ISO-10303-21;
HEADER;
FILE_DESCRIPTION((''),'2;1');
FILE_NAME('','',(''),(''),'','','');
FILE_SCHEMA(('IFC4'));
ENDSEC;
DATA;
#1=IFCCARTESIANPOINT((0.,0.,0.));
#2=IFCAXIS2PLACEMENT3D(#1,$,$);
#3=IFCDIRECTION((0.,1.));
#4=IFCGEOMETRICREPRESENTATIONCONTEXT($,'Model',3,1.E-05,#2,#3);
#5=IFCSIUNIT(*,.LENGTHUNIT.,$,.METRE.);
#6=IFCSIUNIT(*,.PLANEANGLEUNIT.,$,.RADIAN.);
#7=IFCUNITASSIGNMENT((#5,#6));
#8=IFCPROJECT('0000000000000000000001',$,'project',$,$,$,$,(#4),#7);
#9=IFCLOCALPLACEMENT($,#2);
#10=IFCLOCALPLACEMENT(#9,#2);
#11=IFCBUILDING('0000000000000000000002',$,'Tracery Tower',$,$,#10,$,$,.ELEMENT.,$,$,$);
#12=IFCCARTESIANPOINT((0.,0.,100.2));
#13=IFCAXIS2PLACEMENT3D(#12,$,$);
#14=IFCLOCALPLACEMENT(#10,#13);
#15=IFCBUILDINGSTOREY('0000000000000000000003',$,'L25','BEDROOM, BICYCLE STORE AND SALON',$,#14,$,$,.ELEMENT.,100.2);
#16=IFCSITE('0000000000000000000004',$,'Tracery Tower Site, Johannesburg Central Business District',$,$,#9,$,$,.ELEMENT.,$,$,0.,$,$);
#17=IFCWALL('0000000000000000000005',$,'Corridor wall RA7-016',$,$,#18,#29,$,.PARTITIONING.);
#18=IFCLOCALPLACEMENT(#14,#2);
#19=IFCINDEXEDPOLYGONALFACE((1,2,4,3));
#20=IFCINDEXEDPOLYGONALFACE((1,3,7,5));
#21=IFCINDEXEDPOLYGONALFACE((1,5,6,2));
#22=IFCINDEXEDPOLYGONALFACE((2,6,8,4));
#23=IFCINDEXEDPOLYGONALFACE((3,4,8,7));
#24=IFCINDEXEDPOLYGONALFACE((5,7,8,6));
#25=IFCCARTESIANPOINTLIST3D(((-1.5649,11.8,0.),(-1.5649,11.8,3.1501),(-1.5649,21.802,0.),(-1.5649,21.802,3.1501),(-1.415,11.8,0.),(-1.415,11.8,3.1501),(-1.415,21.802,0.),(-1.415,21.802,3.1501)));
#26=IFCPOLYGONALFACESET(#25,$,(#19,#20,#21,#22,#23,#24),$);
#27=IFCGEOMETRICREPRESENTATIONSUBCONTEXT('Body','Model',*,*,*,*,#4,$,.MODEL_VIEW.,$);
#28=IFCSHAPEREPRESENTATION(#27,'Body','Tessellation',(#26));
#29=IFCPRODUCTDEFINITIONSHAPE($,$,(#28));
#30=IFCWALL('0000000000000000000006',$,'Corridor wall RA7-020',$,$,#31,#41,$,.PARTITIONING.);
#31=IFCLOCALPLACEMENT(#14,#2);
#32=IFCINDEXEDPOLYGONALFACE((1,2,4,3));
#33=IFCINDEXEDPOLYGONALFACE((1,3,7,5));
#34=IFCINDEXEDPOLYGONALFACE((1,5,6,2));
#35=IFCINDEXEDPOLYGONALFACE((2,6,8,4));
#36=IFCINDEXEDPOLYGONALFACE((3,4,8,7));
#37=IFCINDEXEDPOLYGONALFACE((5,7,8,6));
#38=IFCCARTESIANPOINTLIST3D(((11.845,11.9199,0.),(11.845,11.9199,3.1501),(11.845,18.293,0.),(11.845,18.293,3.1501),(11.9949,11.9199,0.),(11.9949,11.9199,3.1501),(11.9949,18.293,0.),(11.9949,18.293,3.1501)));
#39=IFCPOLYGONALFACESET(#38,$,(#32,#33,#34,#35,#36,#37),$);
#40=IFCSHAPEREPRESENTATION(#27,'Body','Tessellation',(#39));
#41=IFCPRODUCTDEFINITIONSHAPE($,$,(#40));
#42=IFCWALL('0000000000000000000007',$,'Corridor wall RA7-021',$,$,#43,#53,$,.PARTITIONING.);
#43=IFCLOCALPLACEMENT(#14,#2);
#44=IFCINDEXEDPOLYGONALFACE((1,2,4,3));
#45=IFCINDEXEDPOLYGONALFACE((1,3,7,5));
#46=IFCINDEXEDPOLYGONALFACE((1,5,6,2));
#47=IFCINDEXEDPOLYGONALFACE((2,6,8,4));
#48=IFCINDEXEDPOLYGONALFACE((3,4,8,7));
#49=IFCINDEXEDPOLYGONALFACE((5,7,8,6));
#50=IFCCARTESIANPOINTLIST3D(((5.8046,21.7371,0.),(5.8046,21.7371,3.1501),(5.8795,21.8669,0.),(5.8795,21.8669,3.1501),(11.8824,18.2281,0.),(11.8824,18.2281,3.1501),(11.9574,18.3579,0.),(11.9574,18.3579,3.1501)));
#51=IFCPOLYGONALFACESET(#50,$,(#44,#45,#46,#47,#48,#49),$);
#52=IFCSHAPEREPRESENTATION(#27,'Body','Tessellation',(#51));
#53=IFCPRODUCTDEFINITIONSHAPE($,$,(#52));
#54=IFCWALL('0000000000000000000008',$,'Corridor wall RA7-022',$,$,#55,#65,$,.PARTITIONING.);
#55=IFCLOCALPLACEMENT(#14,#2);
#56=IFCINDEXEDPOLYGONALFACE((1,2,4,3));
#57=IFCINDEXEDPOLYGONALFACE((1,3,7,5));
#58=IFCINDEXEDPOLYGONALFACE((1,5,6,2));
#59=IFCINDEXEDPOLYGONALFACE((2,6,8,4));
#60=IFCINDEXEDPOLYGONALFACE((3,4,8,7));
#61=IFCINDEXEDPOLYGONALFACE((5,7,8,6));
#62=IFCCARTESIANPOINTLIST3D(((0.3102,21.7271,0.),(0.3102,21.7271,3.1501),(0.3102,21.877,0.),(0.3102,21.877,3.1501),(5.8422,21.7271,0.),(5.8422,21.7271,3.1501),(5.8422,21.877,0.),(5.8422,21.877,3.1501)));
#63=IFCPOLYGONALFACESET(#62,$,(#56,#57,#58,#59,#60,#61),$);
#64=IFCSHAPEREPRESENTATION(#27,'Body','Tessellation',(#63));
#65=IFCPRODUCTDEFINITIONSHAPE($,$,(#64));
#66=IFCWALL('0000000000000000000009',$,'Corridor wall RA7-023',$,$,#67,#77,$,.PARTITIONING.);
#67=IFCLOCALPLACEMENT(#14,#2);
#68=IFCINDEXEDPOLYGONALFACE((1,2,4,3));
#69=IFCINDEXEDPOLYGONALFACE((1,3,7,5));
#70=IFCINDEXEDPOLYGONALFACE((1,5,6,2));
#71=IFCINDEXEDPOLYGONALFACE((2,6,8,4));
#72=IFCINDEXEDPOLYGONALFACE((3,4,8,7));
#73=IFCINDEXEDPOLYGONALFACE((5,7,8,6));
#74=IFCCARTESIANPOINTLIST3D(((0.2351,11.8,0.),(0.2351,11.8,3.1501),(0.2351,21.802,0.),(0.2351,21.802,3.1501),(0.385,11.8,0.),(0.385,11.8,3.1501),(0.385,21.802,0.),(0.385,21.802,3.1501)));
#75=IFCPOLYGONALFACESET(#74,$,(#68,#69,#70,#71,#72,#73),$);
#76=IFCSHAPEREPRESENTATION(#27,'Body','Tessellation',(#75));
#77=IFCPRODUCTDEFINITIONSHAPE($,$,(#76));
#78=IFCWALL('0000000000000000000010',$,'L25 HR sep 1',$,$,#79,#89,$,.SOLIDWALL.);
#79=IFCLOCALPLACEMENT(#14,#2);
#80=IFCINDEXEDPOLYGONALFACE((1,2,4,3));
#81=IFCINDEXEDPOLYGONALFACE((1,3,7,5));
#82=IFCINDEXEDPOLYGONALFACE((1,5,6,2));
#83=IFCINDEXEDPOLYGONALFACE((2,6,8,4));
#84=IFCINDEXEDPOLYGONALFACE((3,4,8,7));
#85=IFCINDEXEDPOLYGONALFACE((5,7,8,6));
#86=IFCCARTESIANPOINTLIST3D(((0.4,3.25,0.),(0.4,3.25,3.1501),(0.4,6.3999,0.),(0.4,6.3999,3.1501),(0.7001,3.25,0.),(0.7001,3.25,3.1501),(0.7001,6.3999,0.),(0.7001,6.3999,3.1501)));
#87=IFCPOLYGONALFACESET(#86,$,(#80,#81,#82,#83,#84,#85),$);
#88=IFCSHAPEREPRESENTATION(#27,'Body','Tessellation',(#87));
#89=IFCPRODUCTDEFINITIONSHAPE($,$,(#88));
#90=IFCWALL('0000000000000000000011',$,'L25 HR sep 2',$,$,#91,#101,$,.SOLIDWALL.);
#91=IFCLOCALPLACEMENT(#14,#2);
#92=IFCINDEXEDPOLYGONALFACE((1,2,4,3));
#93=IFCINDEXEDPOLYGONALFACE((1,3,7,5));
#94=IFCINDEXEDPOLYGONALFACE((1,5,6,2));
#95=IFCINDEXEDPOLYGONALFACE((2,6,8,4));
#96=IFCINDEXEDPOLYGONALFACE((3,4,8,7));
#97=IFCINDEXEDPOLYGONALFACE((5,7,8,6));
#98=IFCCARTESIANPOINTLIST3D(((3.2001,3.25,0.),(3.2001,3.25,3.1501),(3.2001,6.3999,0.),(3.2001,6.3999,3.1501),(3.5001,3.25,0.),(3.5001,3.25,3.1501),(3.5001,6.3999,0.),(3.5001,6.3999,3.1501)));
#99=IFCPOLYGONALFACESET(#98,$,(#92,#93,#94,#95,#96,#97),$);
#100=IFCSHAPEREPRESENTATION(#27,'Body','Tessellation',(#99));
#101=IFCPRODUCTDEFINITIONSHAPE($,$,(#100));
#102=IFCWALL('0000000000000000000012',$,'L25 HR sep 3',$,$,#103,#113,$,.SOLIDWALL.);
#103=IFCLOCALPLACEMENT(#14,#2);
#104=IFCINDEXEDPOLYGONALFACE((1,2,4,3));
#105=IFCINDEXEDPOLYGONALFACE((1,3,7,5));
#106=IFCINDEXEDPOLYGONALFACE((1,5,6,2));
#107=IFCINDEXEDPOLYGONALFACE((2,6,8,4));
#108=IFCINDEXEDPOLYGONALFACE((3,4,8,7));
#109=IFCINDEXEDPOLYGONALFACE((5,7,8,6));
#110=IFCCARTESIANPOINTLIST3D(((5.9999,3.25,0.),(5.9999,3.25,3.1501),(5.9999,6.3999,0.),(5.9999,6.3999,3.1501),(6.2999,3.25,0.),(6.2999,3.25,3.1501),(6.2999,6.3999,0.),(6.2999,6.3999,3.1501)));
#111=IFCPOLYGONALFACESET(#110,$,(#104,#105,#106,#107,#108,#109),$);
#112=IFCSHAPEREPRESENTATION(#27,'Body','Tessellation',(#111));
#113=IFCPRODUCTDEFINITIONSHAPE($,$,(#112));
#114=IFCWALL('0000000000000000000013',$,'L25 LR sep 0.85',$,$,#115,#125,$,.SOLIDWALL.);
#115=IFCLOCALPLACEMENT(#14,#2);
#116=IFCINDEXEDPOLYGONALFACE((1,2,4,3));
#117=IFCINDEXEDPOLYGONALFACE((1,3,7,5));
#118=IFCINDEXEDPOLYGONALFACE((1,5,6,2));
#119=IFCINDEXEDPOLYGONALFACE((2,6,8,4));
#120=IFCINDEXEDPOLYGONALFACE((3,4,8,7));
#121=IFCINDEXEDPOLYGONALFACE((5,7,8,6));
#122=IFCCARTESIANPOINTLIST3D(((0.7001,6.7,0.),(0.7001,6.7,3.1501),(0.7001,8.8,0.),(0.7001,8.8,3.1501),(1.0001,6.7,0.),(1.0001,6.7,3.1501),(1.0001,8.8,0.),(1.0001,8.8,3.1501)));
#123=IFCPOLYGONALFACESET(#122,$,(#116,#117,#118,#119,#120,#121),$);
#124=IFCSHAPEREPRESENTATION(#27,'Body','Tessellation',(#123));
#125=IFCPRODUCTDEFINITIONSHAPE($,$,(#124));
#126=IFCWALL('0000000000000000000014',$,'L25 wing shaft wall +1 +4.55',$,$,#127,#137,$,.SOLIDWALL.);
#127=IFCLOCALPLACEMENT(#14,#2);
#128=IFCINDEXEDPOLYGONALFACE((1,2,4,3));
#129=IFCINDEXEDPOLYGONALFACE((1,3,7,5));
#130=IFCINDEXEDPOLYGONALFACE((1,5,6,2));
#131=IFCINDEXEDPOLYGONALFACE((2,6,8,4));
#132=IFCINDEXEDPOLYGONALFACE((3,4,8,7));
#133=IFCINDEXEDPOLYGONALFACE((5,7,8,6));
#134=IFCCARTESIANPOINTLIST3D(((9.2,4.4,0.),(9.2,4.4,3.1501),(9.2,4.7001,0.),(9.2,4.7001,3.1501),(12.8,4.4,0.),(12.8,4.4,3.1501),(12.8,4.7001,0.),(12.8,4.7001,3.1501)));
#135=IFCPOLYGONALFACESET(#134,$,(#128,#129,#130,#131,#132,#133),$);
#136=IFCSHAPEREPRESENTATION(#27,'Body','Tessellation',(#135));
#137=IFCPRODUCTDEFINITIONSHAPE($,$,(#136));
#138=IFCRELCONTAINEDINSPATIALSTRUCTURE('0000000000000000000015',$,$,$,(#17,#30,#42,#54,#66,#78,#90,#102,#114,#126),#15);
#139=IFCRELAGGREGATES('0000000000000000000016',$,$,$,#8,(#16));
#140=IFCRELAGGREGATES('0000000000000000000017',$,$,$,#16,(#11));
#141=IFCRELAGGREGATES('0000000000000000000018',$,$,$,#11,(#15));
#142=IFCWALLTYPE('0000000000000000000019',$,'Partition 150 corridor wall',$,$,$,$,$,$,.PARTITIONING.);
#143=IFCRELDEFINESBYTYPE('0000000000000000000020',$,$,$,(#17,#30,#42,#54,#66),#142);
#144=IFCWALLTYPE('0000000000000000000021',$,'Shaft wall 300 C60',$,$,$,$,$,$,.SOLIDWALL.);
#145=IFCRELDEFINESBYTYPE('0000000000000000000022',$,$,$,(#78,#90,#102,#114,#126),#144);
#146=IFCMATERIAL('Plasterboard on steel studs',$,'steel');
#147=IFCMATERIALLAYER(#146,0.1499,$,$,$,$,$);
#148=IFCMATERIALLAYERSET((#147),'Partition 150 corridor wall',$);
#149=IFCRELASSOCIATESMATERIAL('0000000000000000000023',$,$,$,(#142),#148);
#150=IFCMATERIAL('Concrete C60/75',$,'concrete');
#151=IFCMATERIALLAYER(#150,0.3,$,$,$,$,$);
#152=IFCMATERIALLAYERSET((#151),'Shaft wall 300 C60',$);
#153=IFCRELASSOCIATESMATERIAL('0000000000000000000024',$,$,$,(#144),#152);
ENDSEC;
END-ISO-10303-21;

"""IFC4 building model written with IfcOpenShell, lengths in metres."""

from ifc_helpers import new_model, si_unit, direction, frame, frame_2d, origin, place, context, subcontext, project, spatial, rectangle, extrude, material, layer, layer_set, type_object, element, save


model = new_model("IFC4")

# Units and contexts
model_context = context("Model", 3, precision=1e-05, world=origin(), true_north=direction((0.0, 1.0)))
body_context = subcontext(model_context, "Body", "Model", "MODEL_VIEW")
ifc_project = project(units=[si_unit("LENGTHUNIT", "METRE"), si_unit("PLANEANGLEUNIT", "RADIAN")], contexts=[model_context])

# Site, building, storey
site_placement = place(None, origin())
site = spatial("IfcSite", under=ifc_project, at=site_placement, Name="Tracery Tower Site, Johannesburg Central Business District", CompositionType="ELEMENT", RefElevation=0.0)
building_placement = place(site_placement, origin())
building = spatial("IfcBuilding", under=site, at=building_placement, Name="Tracery Tower", CompositionType="ELEMENT")
storey_placement = place(building_placement, frame((0.0, 0.0, 100.2)))
storey = spatial("IfcBuildingStorey", under=building, at=storey_placement, Name="L25", Description="BEDROOM, BICYCLE STORE AND SALON", CompositionType="ELEMENT", Elevation=100.2)

# Shared definitions
ifc_material_1 = material(Name="Plasterboard on steel studs", Category="steel")
ifc_layer_1 = layer(ifc_material_1, 0.1499)
ifc_layer_set_1 = layer_set([ifc_layer_1], Name="Partition 150 corridor wall")
wall_type_1 = type_object("IfcWallType", Name="Partition 150 corridor wall", PredefinedType="PARTITIONING", material=ifc_layer_set_1)

# Walls
wall_1_placement = place(storey_placement, frame((-1.49, 11.8, 0.0), z_axis=(0.0, 0.0, 1.0), x_axis=(0.0, 1.0, 0.0)))
element("IfcWall", 1, at=wall_1_placement, inside=storey, type_object=wall_type_1, Name="Corridor wall RA7-016", PredefinedType="PARTITIONING", context=body_context, shape_type="SweptSolid", body=[
    extrude(rectangle(XDim=10.002, YDim=0.1499, at=frame_2d((5.001, 0.0))), origin(), (0.0, 0.0, 1.0), 3.1501),
])
wall_2_placement = place(storey_placement, frame((11.9199, 11.9199, 0.0), z_axis=(0.0, 0.0, 1.0), x_axis=(0.0, 1.0, 0.0)))
element("IfcWall", 2, at=wall_2_placement, inside=storey, type_object=wall_type_1, Name="Corridor wall RA7-020", PredefinedType="PARTITIONING", context=body_context, shape_type="SweptSolid", body=[
    extrude(rectangle(XDim=6.373, YDim=0.1499, at=frame_2d((3.1865, 0.0))), origin(), (0.0, 0.0, 1.0), 3.1501),
])
wall_3_placement = place(storey_placement, frame((5.842, 21.802, 0.0), z_axis=(0.0, 0.0, 1.0), x_axis=(0.866027, -0.499996, 0.0)))
element("IfcWall", 3, at=wall_3_placement, inside=storey, type_object=wall_type_1, Name="Corridor wall RA7-021", PredefinedType="PARTITIONING", context=body_context, shape_type="SweptSolid", body=[
    extrude(rectangle(XDim=7.0181, YDim=0.1499, at=frame_2d((3.509, 0.0))), origin(), (0.0, 0.0, 1.0), 3.1501),
])
wall_4_placement = place(storey_placement, frame((0.3101, 21.802, 0.0), z_axis=(0.0, 0.0, 1.0), x_axis=(1.0, 0.0, 0.0)))
element("IfcWall", 4, at=wall_4_placement, inside=storey, type_object=wall_type_1, Name="Corridor wall RA7-022", PredefinedType="PARTITIONING", context=body_context, shape_type="SweptSolid", body=[
    extrude(rectangle(XDim=5.532, YDim=0.1499, at=frame_2d((2.7661, 0.0))), origin(), (0.0, 0.0, 1.0), 3.1501),
])
wall_5_placement = place(storey_placement, frame((0.3101, 11.8, 0.0), z_axis=(0.0, 0.0, 1.0), x_axis=(0.0, 1.0, 0.0)))
element("IfcWall", 5, at=wall_5_placement, inside=storey, type_object=wall_type_1, Name="Corridor wall RA7-023", PredefinedType="PARTITIONING", context=body_context, shape_type="SweptSolid", body=[
    extrude(rectangle(XDim=10.002, YDim=0.1499, at=frame_2d((5.001, 0.0))), origin(), (0.0, 0.0, 1.0), 3.1501),
])
ifc_material_2 = material(Name="Concrete C60/75", Category="concrete")
ifc_layer_2 = layer(ifc_material_2, 0.3)
ifc_layer_set_2 = layer_set([ifc_layer_2], Name="Shaft wall 300 C60")
wall_type_2 = type_object("IfcWallType", Name="Shaft wall 300 C60", PredefinedType="SOLIDWALL", material=ifc_layer_set_2)
for number, where, z_axis, x_axis, name in (
    (6, (0.55, 3.25, 0.0), (0.0, 0.0, 1.0), (0.0, 1.0, 0.0), "L25 HR sep 1"),
    (7, (3.3501, 3.25, 0.0), (0.0, 0.0, 1.0), (0.0, 1.0, 0.0), "L25 HR sep 2"),
    (8, (6.1499, 3.25, 0.0), (0.0, 0.0, 1.0), (0.0, 1.0, 0.0), "L25 HR sep 3"),
):
    element("IfcWall", number, at=place(storey_placement, frame(where, z_axis=z_axis, x_axis=x_axis)), inside=storey, type_object=wall_type_2, Name=name, PredefinedType="SOLIDWALL", context=body_context, shape_type="SweptSolid", body=[
        extrude(rectangle(XDim=3.1499, YDim=0.3, at=frame_2d((1.575, 0.0))), origin(), (0.0, 0.0, 1.0), 3.1501),
    ])
wall_6_placement = place(storey_placement, frame((0.8501, 6.7, 0.0), z_axis=(0.0, 0.0, 1.0), x_axis=(0.0, 1.0, 0.0)))
element("IfcWall", 9, at=wall_6_placement, inside=storey, type_object=wall_type_2, Name="L25 LR sep 0.85", PredefinedType="SOLIDWALL", context=body_context, shape_type="SweptSolid", body=[
    extrude(rectangle(XDim=2.1001, YDim=0.3, at=frame_2d((1.05, 0.0))), origin(), (0.0, 0.0, 1.0), 3.1501),
])
wall_7_placement = place(storey_placement, frame((9.2, 4.55, 0.0), z_axis=(0.0, 0.0, 1.0), x_axis=(1.0, 0.0, 0.0)))
element("IfcWall", 10, at=wall_7_placement, inside=storey, type_object=wall_type_2, Name="L25 wing shaft wall +1 +4.55", PredefinedType="SOLIDWALL", context=body_context, shape_type="SweptSolid", body=[
    extrude(rectangle(XDim=3.6001, YDim=0.3, at=frame_2d((1.8, 0.0))), origin(), (0.0, 0.0, 1.0), 3.1501),
])

save(model, "model.ifc")
